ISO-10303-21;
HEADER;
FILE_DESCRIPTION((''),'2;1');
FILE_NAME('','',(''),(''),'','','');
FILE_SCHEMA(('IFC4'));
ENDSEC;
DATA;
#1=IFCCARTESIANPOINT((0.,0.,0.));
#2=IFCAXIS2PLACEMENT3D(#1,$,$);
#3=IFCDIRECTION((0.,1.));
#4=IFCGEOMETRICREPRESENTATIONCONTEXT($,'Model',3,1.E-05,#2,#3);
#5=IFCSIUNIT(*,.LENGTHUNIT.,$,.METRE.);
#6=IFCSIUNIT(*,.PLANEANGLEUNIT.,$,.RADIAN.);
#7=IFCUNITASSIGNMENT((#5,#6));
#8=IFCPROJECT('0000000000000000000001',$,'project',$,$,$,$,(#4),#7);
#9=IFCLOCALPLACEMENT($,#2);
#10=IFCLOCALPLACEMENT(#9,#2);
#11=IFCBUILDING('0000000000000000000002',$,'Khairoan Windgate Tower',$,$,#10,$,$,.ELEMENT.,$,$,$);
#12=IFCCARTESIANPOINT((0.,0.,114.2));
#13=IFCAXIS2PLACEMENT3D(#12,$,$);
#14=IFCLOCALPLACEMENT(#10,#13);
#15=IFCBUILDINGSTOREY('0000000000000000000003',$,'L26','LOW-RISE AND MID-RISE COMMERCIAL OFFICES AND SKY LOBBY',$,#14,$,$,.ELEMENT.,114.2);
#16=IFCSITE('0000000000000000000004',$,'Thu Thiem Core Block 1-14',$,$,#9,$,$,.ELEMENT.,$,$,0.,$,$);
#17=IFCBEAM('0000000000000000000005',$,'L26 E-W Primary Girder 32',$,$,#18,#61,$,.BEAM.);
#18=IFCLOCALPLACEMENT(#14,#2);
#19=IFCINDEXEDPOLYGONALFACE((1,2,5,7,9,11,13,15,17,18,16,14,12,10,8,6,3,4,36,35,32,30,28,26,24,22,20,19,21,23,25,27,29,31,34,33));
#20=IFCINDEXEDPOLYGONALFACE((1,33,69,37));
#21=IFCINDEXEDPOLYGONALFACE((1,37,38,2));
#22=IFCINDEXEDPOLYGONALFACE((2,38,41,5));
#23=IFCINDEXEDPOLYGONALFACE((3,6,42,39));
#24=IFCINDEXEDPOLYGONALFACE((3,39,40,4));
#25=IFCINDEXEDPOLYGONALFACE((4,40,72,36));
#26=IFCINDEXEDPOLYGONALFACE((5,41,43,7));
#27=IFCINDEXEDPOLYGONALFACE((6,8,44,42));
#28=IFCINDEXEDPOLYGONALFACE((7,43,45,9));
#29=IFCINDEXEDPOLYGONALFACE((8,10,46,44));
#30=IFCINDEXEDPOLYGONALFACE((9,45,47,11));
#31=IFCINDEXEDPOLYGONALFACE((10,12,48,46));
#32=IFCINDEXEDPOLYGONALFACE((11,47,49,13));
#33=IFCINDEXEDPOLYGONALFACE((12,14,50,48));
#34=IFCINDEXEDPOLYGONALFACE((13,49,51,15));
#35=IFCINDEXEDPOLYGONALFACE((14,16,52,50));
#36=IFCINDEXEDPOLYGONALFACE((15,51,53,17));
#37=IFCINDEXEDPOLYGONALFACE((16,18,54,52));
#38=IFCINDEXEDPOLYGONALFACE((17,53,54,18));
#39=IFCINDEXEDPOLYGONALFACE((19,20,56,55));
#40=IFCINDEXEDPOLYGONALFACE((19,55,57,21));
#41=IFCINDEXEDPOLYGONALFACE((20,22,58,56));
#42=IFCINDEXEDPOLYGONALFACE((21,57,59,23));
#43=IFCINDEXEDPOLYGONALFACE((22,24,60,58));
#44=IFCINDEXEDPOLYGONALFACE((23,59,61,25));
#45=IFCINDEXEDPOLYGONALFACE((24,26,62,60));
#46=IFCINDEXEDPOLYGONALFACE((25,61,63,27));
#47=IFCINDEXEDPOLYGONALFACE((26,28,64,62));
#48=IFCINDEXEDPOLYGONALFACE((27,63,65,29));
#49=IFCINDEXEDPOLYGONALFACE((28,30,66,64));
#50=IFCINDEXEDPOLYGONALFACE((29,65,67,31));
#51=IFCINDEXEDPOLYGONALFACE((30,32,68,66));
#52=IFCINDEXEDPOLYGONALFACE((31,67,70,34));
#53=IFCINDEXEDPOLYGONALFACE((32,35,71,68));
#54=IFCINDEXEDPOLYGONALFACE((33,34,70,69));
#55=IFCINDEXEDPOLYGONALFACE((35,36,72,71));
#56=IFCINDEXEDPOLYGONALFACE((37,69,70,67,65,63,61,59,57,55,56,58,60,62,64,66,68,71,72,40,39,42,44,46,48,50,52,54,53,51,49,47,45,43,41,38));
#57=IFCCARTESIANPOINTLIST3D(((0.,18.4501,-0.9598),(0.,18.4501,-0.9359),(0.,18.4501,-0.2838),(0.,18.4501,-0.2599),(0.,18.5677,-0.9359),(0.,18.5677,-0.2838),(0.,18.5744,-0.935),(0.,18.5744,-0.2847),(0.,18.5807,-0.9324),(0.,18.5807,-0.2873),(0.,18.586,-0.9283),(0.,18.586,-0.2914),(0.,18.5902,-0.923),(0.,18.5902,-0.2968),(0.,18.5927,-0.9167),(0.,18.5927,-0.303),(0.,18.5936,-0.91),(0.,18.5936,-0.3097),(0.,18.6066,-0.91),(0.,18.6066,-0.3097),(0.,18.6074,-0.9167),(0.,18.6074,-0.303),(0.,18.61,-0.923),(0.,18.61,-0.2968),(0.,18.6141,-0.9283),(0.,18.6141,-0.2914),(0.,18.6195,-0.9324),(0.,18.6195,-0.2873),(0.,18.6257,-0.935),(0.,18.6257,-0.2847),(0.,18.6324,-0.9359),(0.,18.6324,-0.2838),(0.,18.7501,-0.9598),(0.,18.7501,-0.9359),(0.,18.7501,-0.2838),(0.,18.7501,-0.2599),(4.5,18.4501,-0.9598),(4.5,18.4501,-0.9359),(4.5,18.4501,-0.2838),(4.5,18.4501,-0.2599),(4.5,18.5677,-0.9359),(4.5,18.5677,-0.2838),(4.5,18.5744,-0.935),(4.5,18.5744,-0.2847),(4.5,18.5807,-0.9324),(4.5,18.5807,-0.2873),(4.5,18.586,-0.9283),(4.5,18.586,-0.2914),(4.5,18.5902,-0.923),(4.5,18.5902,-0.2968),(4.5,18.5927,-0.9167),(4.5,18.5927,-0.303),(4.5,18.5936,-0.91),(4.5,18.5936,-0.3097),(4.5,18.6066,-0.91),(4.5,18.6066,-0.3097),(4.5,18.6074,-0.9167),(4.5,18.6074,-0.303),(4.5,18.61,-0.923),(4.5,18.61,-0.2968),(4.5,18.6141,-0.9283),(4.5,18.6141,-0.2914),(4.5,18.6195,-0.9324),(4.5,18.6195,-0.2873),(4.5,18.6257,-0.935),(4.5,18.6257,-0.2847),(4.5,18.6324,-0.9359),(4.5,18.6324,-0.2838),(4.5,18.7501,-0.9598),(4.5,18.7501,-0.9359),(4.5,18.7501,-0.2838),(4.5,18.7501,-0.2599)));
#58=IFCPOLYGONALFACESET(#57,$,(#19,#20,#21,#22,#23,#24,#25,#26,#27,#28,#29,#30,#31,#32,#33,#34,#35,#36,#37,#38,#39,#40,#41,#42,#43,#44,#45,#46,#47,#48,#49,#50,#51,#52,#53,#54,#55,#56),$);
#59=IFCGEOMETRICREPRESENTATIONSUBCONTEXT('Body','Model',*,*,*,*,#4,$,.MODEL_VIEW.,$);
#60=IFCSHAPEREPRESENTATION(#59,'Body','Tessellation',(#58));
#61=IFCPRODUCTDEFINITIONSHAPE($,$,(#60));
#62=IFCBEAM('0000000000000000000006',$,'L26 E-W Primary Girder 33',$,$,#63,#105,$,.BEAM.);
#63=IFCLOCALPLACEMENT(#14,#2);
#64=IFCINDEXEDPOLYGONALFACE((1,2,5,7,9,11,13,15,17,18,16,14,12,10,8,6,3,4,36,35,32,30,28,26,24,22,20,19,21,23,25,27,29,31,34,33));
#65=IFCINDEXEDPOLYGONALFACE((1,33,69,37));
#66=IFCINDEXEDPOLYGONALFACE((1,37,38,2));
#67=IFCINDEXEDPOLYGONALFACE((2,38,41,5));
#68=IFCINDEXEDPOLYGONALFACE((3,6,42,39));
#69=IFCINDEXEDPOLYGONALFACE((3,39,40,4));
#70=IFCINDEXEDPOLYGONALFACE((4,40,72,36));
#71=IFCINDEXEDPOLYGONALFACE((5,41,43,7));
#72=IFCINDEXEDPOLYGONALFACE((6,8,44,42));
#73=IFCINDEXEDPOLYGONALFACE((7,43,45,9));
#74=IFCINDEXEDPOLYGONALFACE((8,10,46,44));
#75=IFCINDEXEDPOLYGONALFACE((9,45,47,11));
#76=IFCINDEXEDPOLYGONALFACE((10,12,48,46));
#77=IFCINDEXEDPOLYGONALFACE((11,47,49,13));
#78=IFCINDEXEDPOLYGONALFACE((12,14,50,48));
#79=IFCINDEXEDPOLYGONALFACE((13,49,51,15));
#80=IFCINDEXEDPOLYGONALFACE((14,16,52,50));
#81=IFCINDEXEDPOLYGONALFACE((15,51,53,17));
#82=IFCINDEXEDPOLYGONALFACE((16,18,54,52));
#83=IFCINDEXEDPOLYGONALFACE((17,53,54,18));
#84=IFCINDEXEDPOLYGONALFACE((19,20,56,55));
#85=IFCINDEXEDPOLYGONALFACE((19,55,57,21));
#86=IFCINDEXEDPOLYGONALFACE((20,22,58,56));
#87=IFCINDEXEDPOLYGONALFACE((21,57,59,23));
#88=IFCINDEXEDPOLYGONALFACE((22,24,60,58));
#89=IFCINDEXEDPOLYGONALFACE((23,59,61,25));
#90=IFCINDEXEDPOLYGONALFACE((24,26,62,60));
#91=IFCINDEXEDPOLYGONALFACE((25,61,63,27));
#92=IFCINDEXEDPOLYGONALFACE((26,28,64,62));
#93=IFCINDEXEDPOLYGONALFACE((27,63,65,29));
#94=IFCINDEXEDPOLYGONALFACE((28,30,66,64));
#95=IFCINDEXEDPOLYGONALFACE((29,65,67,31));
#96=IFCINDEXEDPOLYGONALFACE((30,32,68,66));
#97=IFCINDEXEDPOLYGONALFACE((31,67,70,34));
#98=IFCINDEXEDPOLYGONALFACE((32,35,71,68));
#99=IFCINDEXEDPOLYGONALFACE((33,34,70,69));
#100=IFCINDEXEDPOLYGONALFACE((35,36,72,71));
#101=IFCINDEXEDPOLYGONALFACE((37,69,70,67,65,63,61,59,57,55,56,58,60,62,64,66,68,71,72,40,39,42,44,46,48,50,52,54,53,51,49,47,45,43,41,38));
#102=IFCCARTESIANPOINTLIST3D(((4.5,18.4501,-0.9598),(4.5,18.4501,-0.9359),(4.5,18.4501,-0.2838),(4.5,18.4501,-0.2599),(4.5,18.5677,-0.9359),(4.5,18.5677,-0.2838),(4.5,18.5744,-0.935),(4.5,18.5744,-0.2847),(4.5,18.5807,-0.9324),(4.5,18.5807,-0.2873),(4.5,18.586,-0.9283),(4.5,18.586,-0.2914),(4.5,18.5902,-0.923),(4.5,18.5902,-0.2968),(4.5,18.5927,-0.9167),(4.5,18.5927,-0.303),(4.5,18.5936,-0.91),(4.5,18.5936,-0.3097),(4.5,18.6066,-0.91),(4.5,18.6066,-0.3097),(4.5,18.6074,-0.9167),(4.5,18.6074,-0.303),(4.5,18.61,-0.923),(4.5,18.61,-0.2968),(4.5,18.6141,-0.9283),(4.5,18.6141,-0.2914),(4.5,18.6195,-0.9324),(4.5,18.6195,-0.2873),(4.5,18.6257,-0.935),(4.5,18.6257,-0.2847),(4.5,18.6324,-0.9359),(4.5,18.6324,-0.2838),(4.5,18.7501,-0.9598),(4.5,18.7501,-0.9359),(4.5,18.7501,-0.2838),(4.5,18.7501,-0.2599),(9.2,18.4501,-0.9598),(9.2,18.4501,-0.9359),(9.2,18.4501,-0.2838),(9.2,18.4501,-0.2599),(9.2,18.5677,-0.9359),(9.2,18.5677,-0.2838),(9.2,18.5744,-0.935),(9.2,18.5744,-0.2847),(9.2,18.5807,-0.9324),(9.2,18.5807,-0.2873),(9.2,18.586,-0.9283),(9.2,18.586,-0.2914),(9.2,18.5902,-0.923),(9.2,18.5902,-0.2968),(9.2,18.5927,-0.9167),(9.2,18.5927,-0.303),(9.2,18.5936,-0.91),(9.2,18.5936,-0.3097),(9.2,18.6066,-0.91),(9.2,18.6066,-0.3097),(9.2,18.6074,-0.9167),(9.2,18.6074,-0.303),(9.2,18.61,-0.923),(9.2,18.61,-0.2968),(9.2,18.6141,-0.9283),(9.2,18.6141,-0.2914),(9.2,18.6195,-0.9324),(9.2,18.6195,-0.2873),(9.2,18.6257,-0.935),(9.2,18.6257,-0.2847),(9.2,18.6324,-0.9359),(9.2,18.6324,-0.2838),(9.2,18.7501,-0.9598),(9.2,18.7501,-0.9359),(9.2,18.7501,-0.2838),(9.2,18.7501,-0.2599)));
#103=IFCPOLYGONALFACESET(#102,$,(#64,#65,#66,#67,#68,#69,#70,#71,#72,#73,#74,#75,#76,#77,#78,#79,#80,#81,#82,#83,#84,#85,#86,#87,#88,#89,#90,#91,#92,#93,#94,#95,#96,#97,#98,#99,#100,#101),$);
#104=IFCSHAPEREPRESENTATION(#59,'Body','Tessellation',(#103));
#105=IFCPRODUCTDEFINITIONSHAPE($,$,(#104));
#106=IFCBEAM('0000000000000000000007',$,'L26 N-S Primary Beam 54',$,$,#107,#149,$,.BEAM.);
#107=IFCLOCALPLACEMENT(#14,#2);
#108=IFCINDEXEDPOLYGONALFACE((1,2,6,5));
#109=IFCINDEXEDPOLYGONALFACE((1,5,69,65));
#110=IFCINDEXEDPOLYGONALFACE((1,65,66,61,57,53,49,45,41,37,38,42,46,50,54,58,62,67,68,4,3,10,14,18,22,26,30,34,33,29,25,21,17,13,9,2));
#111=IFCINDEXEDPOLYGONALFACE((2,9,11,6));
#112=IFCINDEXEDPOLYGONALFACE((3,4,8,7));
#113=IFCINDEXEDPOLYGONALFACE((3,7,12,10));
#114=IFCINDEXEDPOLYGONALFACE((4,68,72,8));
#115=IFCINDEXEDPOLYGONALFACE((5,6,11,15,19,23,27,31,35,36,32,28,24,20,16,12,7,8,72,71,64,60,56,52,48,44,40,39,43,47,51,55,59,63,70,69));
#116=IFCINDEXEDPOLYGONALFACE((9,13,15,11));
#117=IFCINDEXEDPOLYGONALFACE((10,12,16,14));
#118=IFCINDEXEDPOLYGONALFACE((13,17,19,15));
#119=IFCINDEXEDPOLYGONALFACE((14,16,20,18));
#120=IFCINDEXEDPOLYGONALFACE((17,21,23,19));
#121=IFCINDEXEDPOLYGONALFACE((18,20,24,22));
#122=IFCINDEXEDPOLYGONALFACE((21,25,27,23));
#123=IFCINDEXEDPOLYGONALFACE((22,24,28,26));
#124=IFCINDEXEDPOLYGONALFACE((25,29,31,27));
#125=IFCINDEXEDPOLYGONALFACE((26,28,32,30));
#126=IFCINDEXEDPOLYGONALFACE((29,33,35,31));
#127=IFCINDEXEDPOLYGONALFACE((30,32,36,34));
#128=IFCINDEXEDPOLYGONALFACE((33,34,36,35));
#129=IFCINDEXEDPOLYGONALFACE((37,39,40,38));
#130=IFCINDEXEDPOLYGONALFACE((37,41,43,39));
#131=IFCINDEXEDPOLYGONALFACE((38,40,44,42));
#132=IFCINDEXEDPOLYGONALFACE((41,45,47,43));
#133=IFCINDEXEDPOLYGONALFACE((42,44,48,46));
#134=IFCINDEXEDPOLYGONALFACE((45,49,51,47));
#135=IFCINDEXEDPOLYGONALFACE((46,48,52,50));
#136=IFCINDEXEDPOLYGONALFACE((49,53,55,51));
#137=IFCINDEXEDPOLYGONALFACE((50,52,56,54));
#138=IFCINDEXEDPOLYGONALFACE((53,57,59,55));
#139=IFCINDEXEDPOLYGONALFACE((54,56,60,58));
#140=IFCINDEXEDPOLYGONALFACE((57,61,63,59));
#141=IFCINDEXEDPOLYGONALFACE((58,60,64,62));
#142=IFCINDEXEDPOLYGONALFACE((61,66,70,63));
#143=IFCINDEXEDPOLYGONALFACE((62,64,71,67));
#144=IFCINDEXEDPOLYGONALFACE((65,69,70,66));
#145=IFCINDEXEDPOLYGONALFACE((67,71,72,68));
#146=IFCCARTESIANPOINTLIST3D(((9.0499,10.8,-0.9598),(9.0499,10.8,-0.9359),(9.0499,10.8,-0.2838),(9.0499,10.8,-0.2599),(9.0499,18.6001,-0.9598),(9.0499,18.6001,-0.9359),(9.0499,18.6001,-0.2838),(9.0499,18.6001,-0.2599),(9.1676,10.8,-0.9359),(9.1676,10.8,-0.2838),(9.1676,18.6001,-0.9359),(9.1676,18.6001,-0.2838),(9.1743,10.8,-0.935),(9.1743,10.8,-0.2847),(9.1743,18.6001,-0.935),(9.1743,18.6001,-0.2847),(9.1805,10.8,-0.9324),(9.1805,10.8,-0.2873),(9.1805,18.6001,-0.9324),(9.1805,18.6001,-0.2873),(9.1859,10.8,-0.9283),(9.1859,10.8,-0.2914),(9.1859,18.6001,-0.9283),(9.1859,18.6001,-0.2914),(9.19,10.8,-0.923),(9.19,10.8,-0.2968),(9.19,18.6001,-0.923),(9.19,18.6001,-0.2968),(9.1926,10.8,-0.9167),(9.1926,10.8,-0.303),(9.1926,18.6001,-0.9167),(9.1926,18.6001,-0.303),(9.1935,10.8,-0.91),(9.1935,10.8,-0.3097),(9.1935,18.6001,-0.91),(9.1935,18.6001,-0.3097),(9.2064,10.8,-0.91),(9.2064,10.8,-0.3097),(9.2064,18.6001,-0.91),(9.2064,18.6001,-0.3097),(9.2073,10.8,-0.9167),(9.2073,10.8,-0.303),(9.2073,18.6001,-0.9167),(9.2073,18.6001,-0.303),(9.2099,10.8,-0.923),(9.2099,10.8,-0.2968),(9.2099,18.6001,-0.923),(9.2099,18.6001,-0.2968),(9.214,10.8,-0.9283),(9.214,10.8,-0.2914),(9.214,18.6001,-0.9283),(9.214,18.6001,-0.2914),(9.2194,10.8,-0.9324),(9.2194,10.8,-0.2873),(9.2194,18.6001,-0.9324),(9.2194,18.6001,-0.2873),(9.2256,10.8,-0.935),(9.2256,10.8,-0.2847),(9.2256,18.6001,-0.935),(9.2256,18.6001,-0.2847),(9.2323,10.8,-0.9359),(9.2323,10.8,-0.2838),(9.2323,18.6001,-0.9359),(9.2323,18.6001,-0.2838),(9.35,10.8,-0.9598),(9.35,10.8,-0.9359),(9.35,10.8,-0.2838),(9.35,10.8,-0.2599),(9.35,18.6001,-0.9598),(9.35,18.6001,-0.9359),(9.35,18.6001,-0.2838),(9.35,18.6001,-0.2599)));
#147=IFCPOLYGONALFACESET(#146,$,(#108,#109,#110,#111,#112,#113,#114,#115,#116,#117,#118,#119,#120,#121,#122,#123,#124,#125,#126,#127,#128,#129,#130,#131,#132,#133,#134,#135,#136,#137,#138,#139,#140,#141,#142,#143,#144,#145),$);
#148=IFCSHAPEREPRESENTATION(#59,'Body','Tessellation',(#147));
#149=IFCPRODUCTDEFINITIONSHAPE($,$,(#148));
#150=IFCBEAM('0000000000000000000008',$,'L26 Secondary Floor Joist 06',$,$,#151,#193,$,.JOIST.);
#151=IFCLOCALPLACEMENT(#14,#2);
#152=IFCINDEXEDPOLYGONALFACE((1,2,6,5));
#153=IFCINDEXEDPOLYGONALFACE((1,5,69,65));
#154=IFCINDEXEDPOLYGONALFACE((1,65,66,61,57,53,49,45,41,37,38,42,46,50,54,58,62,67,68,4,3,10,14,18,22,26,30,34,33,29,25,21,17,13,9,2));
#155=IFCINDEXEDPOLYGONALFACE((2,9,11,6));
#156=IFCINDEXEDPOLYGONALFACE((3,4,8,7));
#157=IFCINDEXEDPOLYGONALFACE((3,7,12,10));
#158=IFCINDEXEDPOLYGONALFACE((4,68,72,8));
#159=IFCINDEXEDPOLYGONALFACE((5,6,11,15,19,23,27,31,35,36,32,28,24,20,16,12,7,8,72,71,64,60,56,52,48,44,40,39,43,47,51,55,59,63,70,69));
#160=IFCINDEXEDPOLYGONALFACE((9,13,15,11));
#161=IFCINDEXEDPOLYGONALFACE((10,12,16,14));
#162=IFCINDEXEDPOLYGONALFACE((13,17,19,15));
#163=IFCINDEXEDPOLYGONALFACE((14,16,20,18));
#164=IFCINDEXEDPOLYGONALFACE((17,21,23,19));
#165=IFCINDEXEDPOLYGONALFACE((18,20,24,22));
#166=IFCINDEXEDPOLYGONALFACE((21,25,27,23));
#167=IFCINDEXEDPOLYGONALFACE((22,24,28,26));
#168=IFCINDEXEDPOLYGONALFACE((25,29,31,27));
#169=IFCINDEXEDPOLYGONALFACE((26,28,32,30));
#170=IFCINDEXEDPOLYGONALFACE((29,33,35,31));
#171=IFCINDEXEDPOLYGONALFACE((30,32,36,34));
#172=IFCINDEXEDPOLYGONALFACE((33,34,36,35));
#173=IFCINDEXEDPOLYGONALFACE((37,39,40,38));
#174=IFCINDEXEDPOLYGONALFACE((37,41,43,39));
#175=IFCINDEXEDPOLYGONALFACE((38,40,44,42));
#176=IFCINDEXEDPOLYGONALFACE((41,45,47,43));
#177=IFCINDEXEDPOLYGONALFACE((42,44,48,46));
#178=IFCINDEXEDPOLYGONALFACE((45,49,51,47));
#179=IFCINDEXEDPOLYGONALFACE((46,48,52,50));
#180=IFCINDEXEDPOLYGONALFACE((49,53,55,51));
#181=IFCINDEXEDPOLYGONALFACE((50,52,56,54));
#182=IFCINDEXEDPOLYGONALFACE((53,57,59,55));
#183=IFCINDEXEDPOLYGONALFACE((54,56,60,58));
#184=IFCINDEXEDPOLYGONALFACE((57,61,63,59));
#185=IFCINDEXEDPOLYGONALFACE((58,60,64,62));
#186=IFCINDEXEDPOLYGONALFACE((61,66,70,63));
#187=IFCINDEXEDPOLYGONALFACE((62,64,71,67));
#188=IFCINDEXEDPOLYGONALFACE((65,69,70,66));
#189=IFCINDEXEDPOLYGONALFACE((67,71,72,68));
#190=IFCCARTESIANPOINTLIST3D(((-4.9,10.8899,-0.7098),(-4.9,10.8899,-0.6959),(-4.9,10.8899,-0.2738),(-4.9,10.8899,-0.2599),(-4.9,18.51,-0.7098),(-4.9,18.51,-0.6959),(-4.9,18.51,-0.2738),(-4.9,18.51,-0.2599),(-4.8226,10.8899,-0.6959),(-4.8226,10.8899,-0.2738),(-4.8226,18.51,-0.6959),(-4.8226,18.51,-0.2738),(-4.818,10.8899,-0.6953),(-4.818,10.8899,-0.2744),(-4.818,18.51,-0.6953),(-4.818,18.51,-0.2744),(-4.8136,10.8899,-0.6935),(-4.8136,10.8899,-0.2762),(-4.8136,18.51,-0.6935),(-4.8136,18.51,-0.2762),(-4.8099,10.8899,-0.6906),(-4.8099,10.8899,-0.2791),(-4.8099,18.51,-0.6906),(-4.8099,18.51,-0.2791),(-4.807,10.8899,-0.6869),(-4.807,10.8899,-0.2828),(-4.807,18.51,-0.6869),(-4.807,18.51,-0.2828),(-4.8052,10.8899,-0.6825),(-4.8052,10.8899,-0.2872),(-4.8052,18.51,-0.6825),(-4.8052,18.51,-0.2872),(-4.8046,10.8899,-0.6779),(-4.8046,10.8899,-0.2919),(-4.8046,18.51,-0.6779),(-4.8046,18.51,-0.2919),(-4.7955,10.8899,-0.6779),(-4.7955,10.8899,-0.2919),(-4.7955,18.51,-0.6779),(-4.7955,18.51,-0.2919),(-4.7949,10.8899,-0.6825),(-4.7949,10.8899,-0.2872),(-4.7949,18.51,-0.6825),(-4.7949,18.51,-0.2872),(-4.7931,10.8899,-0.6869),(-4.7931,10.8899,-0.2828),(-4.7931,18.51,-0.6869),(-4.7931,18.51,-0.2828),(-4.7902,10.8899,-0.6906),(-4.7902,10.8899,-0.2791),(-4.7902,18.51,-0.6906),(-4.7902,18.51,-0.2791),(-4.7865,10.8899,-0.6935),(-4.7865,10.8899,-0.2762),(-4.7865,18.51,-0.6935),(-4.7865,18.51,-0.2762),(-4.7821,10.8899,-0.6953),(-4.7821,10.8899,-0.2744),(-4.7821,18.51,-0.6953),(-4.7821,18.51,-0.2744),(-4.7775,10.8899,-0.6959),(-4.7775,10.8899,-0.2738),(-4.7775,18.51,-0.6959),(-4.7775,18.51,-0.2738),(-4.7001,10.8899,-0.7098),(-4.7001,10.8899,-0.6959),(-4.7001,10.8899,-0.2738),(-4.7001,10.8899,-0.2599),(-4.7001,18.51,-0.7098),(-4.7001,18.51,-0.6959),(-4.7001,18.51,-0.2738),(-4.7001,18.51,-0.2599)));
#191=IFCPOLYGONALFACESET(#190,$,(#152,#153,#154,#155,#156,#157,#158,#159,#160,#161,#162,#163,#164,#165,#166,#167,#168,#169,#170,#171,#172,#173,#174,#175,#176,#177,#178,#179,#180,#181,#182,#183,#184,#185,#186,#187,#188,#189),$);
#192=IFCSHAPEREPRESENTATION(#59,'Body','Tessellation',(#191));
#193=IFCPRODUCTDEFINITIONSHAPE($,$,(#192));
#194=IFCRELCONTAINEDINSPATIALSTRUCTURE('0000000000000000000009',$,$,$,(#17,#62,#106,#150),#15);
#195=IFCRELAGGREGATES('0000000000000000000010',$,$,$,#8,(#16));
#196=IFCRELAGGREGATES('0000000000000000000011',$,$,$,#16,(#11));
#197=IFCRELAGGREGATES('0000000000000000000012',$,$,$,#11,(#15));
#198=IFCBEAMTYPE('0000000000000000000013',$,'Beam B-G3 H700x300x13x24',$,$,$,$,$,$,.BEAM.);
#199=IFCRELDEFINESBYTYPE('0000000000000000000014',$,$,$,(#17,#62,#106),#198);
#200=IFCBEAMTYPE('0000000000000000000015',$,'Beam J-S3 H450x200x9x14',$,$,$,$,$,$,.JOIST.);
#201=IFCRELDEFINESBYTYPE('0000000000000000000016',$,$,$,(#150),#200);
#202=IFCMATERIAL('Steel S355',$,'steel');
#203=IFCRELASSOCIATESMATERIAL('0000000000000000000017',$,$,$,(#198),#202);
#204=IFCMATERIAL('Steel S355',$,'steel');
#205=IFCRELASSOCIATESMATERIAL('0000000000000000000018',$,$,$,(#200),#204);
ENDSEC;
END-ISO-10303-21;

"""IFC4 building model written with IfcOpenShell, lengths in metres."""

from ifc_helpers import new_model, si_unit, direction, frame, origin, origin_2d, place, context, subcontext, project, spatial, i_section, extrude, material, material_profile, profile_set, type_object, element, save


model = new_model("IFC4")

# Units and contexts
model_context = context("Model", 3, precision=1e-05, world=origin(), true_north=direction((0.0, 1.0)))
body_context = subcontext(model_context, "Body", "Model", "MODEL_VIEW")
ifc_project = project(units=[si_unit("LENGTHUNIT", "METRE"), si_unit("PLANEANGLEUNIT", "RADIAN")], contexts=[model_context])

# Site, building, storey
site_placement = place(None, origin())
site = spatial("IfcSite", under=ifc_project, at=site_placement, Name="Thu Thiem Core Block 1-14", CompositionType="ELEMENT", RefElevation=0.0)
building_placement = place(site_placement, origin())
building = spatial("IfcBuilding", under=site, at=building_placement, Name="Khairoan Windgate Tower", CompositionType="ELEMENT")
storey_placement = place(building_placement, frame((0.0, 0.0, 114.2)))
storey = spatial("IfcBuildingStorey", under=building, at=storey_placement, Name="L26", Description="LOW-RISE AND MID-RISE COMMERCIAL OFFICES AND SKY LOBBY", CompositionType="ELEMENT", Elevation=114.2)

# Beams
ifc_material_1 = material(Name="Steel S355", Category="steel")
ifc_material_profile_1 = material_profile(ifc_material_1, i_section(OverallWidth=0.3, OverallDepth=0.7, WebThickness=0.0129, FlangeThickness=0.0239, FilletRadius=0.0259, at=origin_2d()))
ifc_profile_set_1 = profile_set([ifc_material_profile_1], Name="Steel S355")
beam_type_1 = type_object("IfcBeamType", Name="Beam B-G3 H700x300x13x24", PredefinedType="BEAM", material=ifc_profile_set_1)
for number, where, z_axis, x_axis, name in (
    (1, (0.0, 18.6001, -0.6099), (1.0, 0.0, 0.0), (0.0, 1.0, 0.0), "L26 E-W Primary Girder 32"),
):
    element("IfcBeam", number, at=place(storey_placement, frame(where, z_axis=z_axis, x_axis=x_axis)), inside=storey, type_object=beam_type_1, Name=name, PredefinedType="BEAM", context=body_context, shape_type="SweptSolid", body=[
        extrude(i_section(OverallWidth=0.3, OverallDepth=0.7, WebThickness=0.0129, FlangeThickness=0.0239, FilletRadius=0.0259, at=origin_2d()), origin(), (0.0, 0.0, 1.0), 4.5),
    ])
beam_1_placement = place(storey_placement, frame((4.5, 18.6001, -0.6099), z_axis=(1.0, 0.0, 0.0), x_axis=(0.0, 1.0, 0.0)))
element("IfcBeam", 2, at=beam_1_placement, inside=storey, type_object=beam_type_1, Name="L26 E-W Primary Girder 33", PredefinedType="BEAM", context=body_context, shape_type="SweptSolid", body=[
    extrude(i_section(OverallWidth=0.3, OverallDepth=0.7, WebThickness=0.0129, FlangeThickness=0.0239, FilletRadius=0.0259, at=origin_2d()), origin(), (0.0, 0.0, 1.0), 4.7),
])
beam_2_placement = place(storey_placement, frame((9.2, 10.8, -0.6099), z_axis=(0.0, 1.0, 0.0), x_axis=(-1.0, 0.0, 0.0)))
element("IfcBeam", 3, at=beam_2_placement, inside=storey, type_object=beam_type_1, Name="L26 N-S Primary Beam 54", PredefinedType="BEAM", context=body_context, shape_type="SweptSolid", body=[
    extrude(i_section(OverallWidth=0.3, OverallDepth=0.7, WebThickness=0.0129, FlangeThickness=0.0239, FilletRadius=0.0259, at=origin_2d()), origin(), (0.0, 0.0, 1.0), 7.8),
])
ifc_material_2 = material(Name="Steel S355", Category="steel")
ifc_material_profile_2 = material_profile(ifc_material_2, i_section(OverallWidth=0.2, OverallDepth=0.45, WebThickness=0.009, FlangeThickness=0.0139, FilletRadius=0.0181, at=origin_2d()))
ifc_profile_set_2 = profile_set([ifc_material_profile_2], Name="Steel S355")
beam_type_2 = type_object("IfcBeamType", Name="Beam J-S3 H450x200x9x14", PredefinedType="JOIST", material=ifc_profile_set_2)
for number, where, z_axis, x_axis, name in (
    (4, (-4.8, 10.8899, -0.4849), (0.0, 1.0, 0.0), (-1.0, 0.0, 0.0), "L26 Secondary Floor Joist 06"),
):
    element("IfcBeam", number, at=place(storey_placement, frame(where, z_axis=z_axis, x_axis=x_axis)), inside=storey, type_object=beam_type_2, Name=name, PredefinedType="JOIST", context=body_context, shape_type="SweptSolid", body=[
        extrude(i_section(OverallWidth=0.2, OverallDepth=0.45, WebThickness=0.009, FlangeThickness=0.0139, FilletRadius=0.0181, at=origin_2d()), origin(), (0.0, 0.0, 1.0), 7.6201),
    ])

save(model, "model.ifc")
